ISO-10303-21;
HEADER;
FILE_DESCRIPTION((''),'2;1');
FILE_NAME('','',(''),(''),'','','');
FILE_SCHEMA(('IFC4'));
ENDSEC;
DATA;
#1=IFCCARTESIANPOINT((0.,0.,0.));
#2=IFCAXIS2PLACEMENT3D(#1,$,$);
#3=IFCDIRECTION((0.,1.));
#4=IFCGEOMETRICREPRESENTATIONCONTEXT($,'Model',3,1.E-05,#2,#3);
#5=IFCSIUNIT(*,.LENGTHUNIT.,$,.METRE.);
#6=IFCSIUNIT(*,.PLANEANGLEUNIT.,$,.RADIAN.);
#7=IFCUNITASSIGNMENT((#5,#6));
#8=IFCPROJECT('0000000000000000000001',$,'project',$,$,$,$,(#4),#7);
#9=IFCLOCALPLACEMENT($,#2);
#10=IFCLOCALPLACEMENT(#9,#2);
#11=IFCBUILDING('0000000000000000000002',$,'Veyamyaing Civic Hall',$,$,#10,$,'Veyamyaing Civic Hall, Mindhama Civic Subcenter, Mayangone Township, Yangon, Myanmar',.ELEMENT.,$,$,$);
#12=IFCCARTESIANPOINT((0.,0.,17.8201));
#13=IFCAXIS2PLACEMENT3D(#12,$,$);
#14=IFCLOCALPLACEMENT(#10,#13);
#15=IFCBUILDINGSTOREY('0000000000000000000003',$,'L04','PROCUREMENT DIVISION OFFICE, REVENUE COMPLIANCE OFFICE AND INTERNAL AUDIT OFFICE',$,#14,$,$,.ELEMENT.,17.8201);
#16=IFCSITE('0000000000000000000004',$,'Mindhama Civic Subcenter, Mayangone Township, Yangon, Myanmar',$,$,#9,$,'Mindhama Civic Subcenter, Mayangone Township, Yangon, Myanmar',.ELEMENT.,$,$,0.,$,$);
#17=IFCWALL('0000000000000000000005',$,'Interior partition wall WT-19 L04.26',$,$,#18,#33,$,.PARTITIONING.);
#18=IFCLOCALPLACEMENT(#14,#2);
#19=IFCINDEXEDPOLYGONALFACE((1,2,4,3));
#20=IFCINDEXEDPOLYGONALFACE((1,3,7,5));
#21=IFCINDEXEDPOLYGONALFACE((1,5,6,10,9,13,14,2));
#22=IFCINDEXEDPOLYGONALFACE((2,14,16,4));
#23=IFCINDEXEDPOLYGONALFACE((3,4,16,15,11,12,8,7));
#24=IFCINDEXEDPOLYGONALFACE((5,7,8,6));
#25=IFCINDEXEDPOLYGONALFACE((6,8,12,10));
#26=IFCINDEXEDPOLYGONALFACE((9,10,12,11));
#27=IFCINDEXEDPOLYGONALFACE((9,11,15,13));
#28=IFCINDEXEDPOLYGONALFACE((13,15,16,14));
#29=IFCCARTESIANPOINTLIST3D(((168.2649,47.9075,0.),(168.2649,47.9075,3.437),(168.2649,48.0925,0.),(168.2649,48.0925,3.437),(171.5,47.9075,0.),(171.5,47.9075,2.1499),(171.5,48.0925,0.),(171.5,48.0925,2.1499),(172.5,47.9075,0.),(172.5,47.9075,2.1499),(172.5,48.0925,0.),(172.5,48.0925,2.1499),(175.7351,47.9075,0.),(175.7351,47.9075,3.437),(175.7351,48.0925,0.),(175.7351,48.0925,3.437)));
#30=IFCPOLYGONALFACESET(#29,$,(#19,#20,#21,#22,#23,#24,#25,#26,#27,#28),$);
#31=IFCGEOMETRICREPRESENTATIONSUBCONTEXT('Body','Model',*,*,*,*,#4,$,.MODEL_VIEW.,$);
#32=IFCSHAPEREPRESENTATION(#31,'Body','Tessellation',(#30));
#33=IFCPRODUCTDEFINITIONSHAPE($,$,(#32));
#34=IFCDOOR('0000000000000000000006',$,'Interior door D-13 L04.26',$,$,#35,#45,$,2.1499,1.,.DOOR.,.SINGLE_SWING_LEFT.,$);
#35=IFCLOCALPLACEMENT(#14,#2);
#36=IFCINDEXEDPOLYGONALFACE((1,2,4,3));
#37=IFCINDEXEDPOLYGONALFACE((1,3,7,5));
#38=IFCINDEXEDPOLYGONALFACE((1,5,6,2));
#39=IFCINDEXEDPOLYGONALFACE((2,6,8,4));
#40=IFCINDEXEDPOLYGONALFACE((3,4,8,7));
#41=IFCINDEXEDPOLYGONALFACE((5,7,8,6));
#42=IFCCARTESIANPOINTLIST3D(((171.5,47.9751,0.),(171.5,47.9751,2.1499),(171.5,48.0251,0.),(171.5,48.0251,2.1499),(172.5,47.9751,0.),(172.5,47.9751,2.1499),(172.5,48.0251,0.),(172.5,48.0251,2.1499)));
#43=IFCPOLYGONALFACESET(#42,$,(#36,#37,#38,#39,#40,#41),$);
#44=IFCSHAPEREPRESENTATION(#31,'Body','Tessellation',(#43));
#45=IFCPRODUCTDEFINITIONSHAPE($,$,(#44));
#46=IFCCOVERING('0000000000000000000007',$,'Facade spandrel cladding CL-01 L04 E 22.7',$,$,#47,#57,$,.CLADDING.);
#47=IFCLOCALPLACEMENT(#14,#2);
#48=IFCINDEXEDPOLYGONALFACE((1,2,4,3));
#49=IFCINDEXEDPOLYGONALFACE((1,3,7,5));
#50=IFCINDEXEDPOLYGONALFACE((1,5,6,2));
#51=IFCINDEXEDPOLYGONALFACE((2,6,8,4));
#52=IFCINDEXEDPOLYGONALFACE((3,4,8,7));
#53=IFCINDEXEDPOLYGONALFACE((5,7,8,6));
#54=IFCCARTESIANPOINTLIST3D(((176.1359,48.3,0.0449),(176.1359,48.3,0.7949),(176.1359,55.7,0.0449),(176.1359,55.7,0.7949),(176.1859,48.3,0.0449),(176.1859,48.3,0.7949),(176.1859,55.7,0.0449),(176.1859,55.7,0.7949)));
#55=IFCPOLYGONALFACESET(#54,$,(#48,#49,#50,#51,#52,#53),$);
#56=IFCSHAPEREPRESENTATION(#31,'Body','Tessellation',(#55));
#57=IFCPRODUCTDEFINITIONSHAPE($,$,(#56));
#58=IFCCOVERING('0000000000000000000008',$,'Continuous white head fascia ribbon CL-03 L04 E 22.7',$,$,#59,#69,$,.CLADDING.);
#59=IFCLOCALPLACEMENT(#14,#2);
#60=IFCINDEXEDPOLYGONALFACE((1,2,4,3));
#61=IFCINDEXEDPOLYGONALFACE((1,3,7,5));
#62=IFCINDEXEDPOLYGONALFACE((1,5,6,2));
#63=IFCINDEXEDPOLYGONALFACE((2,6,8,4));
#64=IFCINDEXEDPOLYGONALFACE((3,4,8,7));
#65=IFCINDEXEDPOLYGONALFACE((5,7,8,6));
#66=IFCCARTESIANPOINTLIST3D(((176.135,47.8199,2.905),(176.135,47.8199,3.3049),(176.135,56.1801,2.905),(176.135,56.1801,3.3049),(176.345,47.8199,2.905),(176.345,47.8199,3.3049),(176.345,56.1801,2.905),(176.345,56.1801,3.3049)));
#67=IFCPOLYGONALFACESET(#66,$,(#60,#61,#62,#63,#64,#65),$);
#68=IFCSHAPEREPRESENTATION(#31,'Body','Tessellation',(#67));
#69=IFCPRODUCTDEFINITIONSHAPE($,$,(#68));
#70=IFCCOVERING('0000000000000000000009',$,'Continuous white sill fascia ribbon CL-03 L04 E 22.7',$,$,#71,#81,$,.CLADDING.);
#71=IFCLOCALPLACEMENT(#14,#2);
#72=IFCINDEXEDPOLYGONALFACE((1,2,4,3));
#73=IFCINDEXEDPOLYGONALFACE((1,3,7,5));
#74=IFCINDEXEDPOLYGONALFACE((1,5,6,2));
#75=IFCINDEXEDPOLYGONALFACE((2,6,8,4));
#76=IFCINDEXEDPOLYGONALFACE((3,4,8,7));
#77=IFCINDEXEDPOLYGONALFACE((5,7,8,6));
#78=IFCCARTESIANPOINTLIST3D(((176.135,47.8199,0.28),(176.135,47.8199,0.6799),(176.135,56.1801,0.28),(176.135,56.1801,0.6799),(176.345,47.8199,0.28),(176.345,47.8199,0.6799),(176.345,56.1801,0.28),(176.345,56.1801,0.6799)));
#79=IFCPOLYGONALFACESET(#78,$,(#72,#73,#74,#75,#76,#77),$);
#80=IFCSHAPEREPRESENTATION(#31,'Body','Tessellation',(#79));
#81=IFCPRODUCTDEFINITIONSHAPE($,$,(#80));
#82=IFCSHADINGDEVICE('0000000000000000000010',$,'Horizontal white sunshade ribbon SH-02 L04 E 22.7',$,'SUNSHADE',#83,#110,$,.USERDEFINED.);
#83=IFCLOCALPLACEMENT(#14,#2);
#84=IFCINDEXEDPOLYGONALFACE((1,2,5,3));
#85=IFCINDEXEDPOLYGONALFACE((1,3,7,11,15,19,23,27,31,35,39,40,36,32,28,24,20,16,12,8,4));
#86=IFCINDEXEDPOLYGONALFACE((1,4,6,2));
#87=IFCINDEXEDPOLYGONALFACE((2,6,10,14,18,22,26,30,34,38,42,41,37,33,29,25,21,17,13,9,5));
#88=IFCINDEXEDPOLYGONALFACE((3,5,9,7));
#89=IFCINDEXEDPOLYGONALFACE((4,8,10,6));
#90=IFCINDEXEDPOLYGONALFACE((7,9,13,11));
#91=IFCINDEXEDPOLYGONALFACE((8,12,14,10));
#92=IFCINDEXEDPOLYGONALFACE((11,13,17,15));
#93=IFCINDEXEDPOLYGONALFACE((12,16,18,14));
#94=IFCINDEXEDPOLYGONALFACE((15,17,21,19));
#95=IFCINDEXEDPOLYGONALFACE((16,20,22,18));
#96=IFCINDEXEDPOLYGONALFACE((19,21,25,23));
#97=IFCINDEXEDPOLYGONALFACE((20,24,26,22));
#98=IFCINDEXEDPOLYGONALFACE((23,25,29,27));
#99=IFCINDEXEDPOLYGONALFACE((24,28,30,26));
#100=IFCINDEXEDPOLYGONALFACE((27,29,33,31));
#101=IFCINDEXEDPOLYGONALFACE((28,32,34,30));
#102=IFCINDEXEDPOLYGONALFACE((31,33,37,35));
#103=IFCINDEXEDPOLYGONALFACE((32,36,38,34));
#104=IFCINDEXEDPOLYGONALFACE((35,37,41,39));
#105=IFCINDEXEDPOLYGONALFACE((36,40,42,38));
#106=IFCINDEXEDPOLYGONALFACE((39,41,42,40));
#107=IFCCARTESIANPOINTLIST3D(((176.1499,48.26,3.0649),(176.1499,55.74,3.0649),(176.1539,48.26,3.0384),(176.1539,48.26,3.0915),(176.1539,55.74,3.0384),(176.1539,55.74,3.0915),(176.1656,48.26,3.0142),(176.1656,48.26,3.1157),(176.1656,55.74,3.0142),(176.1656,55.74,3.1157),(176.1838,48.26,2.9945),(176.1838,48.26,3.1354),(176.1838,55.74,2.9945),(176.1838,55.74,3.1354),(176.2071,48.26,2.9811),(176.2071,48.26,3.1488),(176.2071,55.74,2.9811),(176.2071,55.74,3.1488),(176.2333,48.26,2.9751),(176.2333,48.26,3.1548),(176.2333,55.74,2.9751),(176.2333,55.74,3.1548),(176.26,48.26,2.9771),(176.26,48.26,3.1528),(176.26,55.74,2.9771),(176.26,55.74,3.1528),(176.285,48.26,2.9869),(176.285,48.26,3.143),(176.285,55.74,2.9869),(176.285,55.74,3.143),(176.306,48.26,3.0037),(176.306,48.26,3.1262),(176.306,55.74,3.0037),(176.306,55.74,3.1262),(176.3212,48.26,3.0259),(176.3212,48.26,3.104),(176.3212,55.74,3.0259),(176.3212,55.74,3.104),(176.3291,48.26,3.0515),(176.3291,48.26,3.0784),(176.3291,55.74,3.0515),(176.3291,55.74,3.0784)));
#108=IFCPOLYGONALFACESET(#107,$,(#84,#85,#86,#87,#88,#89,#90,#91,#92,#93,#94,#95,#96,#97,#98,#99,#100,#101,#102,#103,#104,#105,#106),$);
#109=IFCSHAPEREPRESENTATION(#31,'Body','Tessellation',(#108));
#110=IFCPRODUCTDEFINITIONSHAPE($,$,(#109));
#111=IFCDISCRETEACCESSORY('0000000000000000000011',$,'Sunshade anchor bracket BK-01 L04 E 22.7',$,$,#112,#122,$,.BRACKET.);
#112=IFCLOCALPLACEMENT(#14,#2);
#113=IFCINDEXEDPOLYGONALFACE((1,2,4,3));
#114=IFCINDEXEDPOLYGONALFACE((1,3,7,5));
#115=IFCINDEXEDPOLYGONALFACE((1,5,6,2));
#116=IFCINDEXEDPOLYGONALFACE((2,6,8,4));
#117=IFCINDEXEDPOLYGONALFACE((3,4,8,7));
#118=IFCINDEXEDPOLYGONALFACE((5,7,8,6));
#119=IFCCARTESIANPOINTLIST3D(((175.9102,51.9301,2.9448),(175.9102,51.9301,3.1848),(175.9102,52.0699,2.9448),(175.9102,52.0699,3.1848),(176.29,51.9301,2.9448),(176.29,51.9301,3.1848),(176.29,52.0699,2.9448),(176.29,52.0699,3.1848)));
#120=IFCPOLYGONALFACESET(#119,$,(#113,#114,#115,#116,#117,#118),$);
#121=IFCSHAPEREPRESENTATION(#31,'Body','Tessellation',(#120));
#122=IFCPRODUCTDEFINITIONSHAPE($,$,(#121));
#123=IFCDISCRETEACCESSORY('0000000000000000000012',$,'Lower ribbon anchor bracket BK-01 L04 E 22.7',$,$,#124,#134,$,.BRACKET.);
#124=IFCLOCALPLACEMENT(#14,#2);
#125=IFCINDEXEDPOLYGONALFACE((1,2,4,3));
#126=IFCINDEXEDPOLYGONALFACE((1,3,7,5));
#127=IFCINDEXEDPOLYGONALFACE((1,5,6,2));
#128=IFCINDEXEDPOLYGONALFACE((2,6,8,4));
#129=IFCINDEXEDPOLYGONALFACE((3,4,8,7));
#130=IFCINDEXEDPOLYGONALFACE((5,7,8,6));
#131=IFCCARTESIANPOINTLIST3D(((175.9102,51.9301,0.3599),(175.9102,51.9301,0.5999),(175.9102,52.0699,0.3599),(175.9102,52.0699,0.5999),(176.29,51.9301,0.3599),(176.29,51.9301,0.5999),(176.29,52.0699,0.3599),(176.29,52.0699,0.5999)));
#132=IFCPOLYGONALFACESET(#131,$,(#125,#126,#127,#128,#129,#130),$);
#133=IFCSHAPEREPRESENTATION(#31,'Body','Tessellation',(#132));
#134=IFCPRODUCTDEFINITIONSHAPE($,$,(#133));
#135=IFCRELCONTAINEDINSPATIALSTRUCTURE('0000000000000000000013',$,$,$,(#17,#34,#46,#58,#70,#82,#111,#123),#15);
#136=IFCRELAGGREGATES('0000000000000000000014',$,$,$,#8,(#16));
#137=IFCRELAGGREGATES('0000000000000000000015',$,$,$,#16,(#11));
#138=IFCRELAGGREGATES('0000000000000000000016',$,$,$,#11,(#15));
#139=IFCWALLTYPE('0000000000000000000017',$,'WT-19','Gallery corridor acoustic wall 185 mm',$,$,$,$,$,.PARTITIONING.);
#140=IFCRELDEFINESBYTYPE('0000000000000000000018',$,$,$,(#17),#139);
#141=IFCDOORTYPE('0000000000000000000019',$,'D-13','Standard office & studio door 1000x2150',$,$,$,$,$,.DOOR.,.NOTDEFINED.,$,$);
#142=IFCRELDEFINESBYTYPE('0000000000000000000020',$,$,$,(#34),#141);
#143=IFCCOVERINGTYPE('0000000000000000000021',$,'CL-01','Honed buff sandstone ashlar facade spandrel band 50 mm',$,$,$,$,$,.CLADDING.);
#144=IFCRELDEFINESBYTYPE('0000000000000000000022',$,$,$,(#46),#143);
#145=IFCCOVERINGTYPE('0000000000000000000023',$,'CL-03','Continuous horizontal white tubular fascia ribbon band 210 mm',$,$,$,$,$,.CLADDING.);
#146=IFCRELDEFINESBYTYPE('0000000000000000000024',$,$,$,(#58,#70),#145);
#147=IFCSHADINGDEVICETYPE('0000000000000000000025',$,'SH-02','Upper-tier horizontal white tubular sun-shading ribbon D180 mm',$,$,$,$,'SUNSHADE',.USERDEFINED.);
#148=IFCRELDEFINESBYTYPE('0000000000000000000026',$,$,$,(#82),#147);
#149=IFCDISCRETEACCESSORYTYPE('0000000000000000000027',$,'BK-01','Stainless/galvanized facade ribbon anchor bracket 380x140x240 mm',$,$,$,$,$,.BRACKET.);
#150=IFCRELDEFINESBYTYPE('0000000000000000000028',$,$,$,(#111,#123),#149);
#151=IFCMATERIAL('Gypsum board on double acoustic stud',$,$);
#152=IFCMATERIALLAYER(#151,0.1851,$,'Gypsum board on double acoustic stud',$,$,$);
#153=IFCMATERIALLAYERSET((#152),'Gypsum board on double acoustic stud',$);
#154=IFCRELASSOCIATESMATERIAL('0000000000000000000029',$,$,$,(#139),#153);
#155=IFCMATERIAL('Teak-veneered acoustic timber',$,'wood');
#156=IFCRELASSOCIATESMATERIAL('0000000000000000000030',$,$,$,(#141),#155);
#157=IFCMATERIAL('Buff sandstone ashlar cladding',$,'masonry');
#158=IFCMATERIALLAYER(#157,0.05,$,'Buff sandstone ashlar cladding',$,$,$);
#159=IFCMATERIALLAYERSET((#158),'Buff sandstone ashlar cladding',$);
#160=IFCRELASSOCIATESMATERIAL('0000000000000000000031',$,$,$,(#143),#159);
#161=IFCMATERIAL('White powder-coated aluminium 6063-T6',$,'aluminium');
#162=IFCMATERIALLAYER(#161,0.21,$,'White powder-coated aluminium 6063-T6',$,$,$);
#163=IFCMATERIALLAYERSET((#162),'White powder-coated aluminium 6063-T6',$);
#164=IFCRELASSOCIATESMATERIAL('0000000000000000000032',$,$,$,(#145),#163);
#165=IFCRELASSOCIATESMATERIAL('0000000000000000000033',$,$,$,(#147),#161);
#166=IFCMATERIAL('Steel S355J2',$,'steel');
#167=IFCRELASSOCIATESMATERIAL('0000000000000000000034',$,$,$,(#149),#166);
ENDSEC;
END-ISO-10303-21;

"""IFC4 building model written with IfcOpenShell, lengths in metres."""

from ifc_helpers import new_model, si_unit, direction, frame, frame_2d, origin, origin_2d, place, context, subcontext, project, spatial, rectangle, circle, extrude, material, layer, layer_set, material_profile, profile_set, type_object, element, fill, save


model = new_model("IFC4")

# Units and contexts
model_context = context("Model", 3, precision=1e-05, world=origin(), true_north=direction((0.0, 1.0)))
body_context = subcontext(model_context, "Body", "Model", "MODEL_VIEW")
ifc_project = project(units=[si_unit("LENGTHUNIT", "METRE"), si_unit("PLANEANGLEUNIT", "RADIAN")], contexts=[model_context])

# Site, building, storey
site_placement = place(None, origin())
site = spatial("IfcSite", under=ifc_project, at=site_placement, Name="Mindhama Civic Subcenter, Mayangone Township, Yangon, Myanmar", LongName="Mindhama Civic Subcenter, Mayangone Township, Yangon, Myanmar", CompositionType="ELEMENT", RefElevation=0.0)
building_placement = place(site_placement, origin())
building = spatial("IfcBuilding", under=site, at=building_placement, Name="Veyamyaing Civic Hall", LongName="Veyamyaing Civic Hall, Mindhama Civic Subcenter, Mayangone Township, Yangon, Myanmar", CompositionType="ELEMENT")
storey_placement = place(building_placement, frame((0.0, 0.0, 17.8201)))
storey = spatial("IfcBuildingStorey", under=building, at=storey_placement, Name="L04", Description="PROCUREMENT DIVISION OFFICE, REVENUE COMPLIANCE OFFICE AND INTERNAL AUDIT OFFICE", CompositionType="ELEMENT", Elevation=17.8201)

# Shared definitions
ifc_material_1 = material(Name="Teak-veneered acoustic timber", Category="wood")

# Wall, opening, door
ifc_material_2 = material(Name="Gypsum board on double acoustic stud")
ifc_layer_1 = layer(ifc_material_2, 0.1851, Name="Gypsum board on double acoustic stud")
ifc_layer_set_1 = layer_set([ifc_layer_1], Name="Gypsum board on double acoustic stud")
wall_type_1 = type_object("IfcWallType", Name="WT-19", Description="Gallery corridor acoustic wall 185 mm", PredefinedType="PARTITIONING", material=ifc_layer_set_1)
wall_1_placement = place(storey_placement, frame((168.2649, 48.0, 0.0), z_axis=(0.0, 0.0, 1.0), x_axis=(1.0, 0.0, 0.0)))
wall_1 = element("IfcWall", 1, at=wall_1_placement, inside=storey, type_object=wall_type_1, Name="Interior partition wall WT-19 L04.26", PredefinedType="PARTITIONING", context=body_context, shape_type="SweptSolid", body=[
    extrude(rectangle(XDim=7.4702, YDim=0.1851, at=frame_2d((3.7351, 0.0))), origin(), (0.0, 0.0, 1.0), 3.437),
])
opening_1_placement = place(wall_1_placement, frame((3.2351, 0.0, 0.0)))
opening_1 = element("IfcOpeningElement", 2, at=opening_1_placement, cuts=wall_1, PredefinedType="OPENING", context=body_context, shape_type="SweptSolid", body=[
    extrude(rectangle(XDim=1.0, YDim=2.1499, at=frame_2d((0.5, 1.075))), frame((0.0, 0.1025, 0.0), z_axis=(0.0, -1.0, 0.0), x_axis=(1.0, 0.0, 0.0)), (0.0, 0.0, 1.0), 0.2051),
])
door_type_1 = type_object("IfcDoorType", Name="D-13", Description="Standard office & studio door 1000x2150", OperationType="NOTDEFINED", PredefinedType="DOOR", material=ifc_material_1)
door_1_placement = place(opening_1_placement, frame((1.0, 0.0, 0.0), z_axis=(0.0, 0.0, 1.0), x_axis=(-1.0, 0.0, 0.0)))
door_1 = element("IfcDoor", 3, at=door_1_placement, inside=storey, type_object=door_type_1, Name="Interior door D-13 L04.26", OperationType="SINGLE_SWING_LEFT", OverallHeight=2.1499, OverallWidth=1.0, PredefinedType="DOOR", context=body_context, shape_type="SweptSolid", body=[
    extrude(rectangle(XDim=1.0, YDim=2.1499, at=frame_2d((0.5, 1.075))), frame((0.0, 0.0249, 0.0), z_axis=(0.0, -1.0, 0.0), x_axis=(1.0, 0.0, 0.0)), (0.0, 0.0, 1.0), 0.05),
])
fill(opening_1, door_1)

# Coverings
ifc_material_3 = material(Name="Buff sandstone ashlar cladding", Category="masonry")
ifc_layer_2 = layer(ifc_material_3, 0.05, Name="Buff sandstone ashlar cladding")
ifc_layer_set_2 = layer_set([ifc_layer_2], Name="Buff sandstone ashlar cladding")
covering_type_1 = type_object("IfcCoveringType", Name="CL-01", Description="Honed buff sandstone ashlar facade spandrel band 50 mm", PredefinedType="CLADDING", material=ifc_layer_set_2)
covering_placement = place(storey_placement, frame((176.1609, 52.0, 0.0449), z_axis=(0.0, 0.0, 1.0), x_axis=(0.0, 1.0, 0.0)))
element("IfcCovering", 4, at=covering_placement, inside=storey, type_object=covering_type_1, Name="Facade spandrel cladding CL-01 L04 E 22.7", PredefinedType="CLADDING", context=body_context, shape_type="SweptSolid", body=[
    extrude(rectangle(XDim=7.3999, YDim=0.05, at=origin_2d()), origin(), (0.0, 0.0, 1.0), 0.75),
])
ifc_material_4 = material(Name="White powder-coated aluminium 6063-T6", Category="aluminium")
ifc_layer_3 = layer(ifc_material_4, 0.21, Name="White powder-coated aluminium 6063-T6")
ifc_layer_set_3 = layer_set([ifc_layer_3], Name="White powder-coated aluminium 6063-T6")
covering_type_2 = type_object("IfcCoveringType", Name="CL-03", Description="Continuous horizontal white tubular fascia ribbon band 210 mm", PredefinedType="CLADDING", material=ifc_layer_set_3)
for number, where, z_axis, x_axis, name in (
    (5, (176.24, 52.0, 2.905), (0.0, 0.0, 1.0), (0.0, 1.0, 0.0), "Continuous white head fascia ribbon CL-03 L04 E 22.7"),
    (6, (176.24, 52.0, 0.28), (0.0, 0.0, 1.0), (0.0, 1.0, 0.0), "Continuous white sill fascia ribbon CL-03 L04 E 22.7"),
):
    element("IfcCovering", number, at=place(storey_placement, frame(where, z_axis=z_axis, x_axis=x_axis)), inside=storey, type_object=covering_type_2, Name=name, PredefinedType="CLADDING", context=body_context, shape_type="SweptSolid", body=[
        extrude(rectangle(XDim=8.3601, YDim=0.21, at=origin_2d()), origin(), (0.0, 0.0, 1.0), 0.3999),
    ])

# Shading device
ifc_material_profile_1 = material_profile(ifc_material_4, circle(Radius=0.0901, at=origin_2d()), Name="SHADE-TUBE-180")
ifc_profile_set_1 = profile_set([ifc_material_profile_1], Name="White powder-coated aluminium 6063-T6")
shading_device_type = type_object("IfcShadingDeviceType", Name="SH-02", Description="Upper-tier horizontal white tubular sun-shading ribbon D180 mm", ElementType="SUNSHADE", PredefinedType="USERDEFINED", material=ifc_profile_set_1)
shading_device_placement = place(storey_placement, frame((176.24, 48.26, 3.0649), z_axis=(0.0, 1.0, 0.0), x_axis=(-1.0, 0.0, 0.0)))
element("IfcShadingDevice", 7, at=shading_device_placement, inside=storey, type_object=shading_device_type, Name="Horizontal white sunshade ribbon SH-02 L04 E 22.7", ObjectType="SUNSHADE", PredefinedType="USERDEFINED", context=body_context, shape_type="SweptSolid", body=[
    extrude(circle(Radius=0.0901, at=origin_2d()), origin(), (0.0, 0.0, 1.0), 7.48),
])

# Discrete accessories
ifc_material_5 = material(Name="Steel S355J2", Category="steel")
discrete_accessory_type = type_object("IfcDiscreteAccessoryType", Name="BK-01", Description="Stainless/galvanized facade ribbon anchor bracket 380x140x240 mm", PredefinedType="BRACKET", material=ifc_material_5)
for number, where, z_axis, x_axis, name in (
    (8, (176.1001, 52.0, 2.9448), (0.0, 0.0, 1.0), (1.0, 0.0, 0.0), "Sunshade anchor bracket BK-01 L04 E 22.7"),
    (9, (176.1001, 52.0, 0.3599), (0.0, 0.0, 1.0), (1.0, 0.0, 0.0), "Lower ribbon anchor bracket BK-01 L04 E 22.7"),
):
    element("IfcDiscreteAccessory", number, at=place(storey_placement, frame(where, z_axis=z_axis, x_axis=x_axis)), inside=storey, type_object=discrete_accessory_type, Name=name, PredefinedType="BRACKET", context=body_context, shape_type="SweptSolid", body=[
        extrude(rectangle(XDim=0.3799, YDim=0.1399, at=origin_2d()), origin(), (0.0, 0.0, 1.0), 0.24),
    ])

save(model, "model.ifc")
